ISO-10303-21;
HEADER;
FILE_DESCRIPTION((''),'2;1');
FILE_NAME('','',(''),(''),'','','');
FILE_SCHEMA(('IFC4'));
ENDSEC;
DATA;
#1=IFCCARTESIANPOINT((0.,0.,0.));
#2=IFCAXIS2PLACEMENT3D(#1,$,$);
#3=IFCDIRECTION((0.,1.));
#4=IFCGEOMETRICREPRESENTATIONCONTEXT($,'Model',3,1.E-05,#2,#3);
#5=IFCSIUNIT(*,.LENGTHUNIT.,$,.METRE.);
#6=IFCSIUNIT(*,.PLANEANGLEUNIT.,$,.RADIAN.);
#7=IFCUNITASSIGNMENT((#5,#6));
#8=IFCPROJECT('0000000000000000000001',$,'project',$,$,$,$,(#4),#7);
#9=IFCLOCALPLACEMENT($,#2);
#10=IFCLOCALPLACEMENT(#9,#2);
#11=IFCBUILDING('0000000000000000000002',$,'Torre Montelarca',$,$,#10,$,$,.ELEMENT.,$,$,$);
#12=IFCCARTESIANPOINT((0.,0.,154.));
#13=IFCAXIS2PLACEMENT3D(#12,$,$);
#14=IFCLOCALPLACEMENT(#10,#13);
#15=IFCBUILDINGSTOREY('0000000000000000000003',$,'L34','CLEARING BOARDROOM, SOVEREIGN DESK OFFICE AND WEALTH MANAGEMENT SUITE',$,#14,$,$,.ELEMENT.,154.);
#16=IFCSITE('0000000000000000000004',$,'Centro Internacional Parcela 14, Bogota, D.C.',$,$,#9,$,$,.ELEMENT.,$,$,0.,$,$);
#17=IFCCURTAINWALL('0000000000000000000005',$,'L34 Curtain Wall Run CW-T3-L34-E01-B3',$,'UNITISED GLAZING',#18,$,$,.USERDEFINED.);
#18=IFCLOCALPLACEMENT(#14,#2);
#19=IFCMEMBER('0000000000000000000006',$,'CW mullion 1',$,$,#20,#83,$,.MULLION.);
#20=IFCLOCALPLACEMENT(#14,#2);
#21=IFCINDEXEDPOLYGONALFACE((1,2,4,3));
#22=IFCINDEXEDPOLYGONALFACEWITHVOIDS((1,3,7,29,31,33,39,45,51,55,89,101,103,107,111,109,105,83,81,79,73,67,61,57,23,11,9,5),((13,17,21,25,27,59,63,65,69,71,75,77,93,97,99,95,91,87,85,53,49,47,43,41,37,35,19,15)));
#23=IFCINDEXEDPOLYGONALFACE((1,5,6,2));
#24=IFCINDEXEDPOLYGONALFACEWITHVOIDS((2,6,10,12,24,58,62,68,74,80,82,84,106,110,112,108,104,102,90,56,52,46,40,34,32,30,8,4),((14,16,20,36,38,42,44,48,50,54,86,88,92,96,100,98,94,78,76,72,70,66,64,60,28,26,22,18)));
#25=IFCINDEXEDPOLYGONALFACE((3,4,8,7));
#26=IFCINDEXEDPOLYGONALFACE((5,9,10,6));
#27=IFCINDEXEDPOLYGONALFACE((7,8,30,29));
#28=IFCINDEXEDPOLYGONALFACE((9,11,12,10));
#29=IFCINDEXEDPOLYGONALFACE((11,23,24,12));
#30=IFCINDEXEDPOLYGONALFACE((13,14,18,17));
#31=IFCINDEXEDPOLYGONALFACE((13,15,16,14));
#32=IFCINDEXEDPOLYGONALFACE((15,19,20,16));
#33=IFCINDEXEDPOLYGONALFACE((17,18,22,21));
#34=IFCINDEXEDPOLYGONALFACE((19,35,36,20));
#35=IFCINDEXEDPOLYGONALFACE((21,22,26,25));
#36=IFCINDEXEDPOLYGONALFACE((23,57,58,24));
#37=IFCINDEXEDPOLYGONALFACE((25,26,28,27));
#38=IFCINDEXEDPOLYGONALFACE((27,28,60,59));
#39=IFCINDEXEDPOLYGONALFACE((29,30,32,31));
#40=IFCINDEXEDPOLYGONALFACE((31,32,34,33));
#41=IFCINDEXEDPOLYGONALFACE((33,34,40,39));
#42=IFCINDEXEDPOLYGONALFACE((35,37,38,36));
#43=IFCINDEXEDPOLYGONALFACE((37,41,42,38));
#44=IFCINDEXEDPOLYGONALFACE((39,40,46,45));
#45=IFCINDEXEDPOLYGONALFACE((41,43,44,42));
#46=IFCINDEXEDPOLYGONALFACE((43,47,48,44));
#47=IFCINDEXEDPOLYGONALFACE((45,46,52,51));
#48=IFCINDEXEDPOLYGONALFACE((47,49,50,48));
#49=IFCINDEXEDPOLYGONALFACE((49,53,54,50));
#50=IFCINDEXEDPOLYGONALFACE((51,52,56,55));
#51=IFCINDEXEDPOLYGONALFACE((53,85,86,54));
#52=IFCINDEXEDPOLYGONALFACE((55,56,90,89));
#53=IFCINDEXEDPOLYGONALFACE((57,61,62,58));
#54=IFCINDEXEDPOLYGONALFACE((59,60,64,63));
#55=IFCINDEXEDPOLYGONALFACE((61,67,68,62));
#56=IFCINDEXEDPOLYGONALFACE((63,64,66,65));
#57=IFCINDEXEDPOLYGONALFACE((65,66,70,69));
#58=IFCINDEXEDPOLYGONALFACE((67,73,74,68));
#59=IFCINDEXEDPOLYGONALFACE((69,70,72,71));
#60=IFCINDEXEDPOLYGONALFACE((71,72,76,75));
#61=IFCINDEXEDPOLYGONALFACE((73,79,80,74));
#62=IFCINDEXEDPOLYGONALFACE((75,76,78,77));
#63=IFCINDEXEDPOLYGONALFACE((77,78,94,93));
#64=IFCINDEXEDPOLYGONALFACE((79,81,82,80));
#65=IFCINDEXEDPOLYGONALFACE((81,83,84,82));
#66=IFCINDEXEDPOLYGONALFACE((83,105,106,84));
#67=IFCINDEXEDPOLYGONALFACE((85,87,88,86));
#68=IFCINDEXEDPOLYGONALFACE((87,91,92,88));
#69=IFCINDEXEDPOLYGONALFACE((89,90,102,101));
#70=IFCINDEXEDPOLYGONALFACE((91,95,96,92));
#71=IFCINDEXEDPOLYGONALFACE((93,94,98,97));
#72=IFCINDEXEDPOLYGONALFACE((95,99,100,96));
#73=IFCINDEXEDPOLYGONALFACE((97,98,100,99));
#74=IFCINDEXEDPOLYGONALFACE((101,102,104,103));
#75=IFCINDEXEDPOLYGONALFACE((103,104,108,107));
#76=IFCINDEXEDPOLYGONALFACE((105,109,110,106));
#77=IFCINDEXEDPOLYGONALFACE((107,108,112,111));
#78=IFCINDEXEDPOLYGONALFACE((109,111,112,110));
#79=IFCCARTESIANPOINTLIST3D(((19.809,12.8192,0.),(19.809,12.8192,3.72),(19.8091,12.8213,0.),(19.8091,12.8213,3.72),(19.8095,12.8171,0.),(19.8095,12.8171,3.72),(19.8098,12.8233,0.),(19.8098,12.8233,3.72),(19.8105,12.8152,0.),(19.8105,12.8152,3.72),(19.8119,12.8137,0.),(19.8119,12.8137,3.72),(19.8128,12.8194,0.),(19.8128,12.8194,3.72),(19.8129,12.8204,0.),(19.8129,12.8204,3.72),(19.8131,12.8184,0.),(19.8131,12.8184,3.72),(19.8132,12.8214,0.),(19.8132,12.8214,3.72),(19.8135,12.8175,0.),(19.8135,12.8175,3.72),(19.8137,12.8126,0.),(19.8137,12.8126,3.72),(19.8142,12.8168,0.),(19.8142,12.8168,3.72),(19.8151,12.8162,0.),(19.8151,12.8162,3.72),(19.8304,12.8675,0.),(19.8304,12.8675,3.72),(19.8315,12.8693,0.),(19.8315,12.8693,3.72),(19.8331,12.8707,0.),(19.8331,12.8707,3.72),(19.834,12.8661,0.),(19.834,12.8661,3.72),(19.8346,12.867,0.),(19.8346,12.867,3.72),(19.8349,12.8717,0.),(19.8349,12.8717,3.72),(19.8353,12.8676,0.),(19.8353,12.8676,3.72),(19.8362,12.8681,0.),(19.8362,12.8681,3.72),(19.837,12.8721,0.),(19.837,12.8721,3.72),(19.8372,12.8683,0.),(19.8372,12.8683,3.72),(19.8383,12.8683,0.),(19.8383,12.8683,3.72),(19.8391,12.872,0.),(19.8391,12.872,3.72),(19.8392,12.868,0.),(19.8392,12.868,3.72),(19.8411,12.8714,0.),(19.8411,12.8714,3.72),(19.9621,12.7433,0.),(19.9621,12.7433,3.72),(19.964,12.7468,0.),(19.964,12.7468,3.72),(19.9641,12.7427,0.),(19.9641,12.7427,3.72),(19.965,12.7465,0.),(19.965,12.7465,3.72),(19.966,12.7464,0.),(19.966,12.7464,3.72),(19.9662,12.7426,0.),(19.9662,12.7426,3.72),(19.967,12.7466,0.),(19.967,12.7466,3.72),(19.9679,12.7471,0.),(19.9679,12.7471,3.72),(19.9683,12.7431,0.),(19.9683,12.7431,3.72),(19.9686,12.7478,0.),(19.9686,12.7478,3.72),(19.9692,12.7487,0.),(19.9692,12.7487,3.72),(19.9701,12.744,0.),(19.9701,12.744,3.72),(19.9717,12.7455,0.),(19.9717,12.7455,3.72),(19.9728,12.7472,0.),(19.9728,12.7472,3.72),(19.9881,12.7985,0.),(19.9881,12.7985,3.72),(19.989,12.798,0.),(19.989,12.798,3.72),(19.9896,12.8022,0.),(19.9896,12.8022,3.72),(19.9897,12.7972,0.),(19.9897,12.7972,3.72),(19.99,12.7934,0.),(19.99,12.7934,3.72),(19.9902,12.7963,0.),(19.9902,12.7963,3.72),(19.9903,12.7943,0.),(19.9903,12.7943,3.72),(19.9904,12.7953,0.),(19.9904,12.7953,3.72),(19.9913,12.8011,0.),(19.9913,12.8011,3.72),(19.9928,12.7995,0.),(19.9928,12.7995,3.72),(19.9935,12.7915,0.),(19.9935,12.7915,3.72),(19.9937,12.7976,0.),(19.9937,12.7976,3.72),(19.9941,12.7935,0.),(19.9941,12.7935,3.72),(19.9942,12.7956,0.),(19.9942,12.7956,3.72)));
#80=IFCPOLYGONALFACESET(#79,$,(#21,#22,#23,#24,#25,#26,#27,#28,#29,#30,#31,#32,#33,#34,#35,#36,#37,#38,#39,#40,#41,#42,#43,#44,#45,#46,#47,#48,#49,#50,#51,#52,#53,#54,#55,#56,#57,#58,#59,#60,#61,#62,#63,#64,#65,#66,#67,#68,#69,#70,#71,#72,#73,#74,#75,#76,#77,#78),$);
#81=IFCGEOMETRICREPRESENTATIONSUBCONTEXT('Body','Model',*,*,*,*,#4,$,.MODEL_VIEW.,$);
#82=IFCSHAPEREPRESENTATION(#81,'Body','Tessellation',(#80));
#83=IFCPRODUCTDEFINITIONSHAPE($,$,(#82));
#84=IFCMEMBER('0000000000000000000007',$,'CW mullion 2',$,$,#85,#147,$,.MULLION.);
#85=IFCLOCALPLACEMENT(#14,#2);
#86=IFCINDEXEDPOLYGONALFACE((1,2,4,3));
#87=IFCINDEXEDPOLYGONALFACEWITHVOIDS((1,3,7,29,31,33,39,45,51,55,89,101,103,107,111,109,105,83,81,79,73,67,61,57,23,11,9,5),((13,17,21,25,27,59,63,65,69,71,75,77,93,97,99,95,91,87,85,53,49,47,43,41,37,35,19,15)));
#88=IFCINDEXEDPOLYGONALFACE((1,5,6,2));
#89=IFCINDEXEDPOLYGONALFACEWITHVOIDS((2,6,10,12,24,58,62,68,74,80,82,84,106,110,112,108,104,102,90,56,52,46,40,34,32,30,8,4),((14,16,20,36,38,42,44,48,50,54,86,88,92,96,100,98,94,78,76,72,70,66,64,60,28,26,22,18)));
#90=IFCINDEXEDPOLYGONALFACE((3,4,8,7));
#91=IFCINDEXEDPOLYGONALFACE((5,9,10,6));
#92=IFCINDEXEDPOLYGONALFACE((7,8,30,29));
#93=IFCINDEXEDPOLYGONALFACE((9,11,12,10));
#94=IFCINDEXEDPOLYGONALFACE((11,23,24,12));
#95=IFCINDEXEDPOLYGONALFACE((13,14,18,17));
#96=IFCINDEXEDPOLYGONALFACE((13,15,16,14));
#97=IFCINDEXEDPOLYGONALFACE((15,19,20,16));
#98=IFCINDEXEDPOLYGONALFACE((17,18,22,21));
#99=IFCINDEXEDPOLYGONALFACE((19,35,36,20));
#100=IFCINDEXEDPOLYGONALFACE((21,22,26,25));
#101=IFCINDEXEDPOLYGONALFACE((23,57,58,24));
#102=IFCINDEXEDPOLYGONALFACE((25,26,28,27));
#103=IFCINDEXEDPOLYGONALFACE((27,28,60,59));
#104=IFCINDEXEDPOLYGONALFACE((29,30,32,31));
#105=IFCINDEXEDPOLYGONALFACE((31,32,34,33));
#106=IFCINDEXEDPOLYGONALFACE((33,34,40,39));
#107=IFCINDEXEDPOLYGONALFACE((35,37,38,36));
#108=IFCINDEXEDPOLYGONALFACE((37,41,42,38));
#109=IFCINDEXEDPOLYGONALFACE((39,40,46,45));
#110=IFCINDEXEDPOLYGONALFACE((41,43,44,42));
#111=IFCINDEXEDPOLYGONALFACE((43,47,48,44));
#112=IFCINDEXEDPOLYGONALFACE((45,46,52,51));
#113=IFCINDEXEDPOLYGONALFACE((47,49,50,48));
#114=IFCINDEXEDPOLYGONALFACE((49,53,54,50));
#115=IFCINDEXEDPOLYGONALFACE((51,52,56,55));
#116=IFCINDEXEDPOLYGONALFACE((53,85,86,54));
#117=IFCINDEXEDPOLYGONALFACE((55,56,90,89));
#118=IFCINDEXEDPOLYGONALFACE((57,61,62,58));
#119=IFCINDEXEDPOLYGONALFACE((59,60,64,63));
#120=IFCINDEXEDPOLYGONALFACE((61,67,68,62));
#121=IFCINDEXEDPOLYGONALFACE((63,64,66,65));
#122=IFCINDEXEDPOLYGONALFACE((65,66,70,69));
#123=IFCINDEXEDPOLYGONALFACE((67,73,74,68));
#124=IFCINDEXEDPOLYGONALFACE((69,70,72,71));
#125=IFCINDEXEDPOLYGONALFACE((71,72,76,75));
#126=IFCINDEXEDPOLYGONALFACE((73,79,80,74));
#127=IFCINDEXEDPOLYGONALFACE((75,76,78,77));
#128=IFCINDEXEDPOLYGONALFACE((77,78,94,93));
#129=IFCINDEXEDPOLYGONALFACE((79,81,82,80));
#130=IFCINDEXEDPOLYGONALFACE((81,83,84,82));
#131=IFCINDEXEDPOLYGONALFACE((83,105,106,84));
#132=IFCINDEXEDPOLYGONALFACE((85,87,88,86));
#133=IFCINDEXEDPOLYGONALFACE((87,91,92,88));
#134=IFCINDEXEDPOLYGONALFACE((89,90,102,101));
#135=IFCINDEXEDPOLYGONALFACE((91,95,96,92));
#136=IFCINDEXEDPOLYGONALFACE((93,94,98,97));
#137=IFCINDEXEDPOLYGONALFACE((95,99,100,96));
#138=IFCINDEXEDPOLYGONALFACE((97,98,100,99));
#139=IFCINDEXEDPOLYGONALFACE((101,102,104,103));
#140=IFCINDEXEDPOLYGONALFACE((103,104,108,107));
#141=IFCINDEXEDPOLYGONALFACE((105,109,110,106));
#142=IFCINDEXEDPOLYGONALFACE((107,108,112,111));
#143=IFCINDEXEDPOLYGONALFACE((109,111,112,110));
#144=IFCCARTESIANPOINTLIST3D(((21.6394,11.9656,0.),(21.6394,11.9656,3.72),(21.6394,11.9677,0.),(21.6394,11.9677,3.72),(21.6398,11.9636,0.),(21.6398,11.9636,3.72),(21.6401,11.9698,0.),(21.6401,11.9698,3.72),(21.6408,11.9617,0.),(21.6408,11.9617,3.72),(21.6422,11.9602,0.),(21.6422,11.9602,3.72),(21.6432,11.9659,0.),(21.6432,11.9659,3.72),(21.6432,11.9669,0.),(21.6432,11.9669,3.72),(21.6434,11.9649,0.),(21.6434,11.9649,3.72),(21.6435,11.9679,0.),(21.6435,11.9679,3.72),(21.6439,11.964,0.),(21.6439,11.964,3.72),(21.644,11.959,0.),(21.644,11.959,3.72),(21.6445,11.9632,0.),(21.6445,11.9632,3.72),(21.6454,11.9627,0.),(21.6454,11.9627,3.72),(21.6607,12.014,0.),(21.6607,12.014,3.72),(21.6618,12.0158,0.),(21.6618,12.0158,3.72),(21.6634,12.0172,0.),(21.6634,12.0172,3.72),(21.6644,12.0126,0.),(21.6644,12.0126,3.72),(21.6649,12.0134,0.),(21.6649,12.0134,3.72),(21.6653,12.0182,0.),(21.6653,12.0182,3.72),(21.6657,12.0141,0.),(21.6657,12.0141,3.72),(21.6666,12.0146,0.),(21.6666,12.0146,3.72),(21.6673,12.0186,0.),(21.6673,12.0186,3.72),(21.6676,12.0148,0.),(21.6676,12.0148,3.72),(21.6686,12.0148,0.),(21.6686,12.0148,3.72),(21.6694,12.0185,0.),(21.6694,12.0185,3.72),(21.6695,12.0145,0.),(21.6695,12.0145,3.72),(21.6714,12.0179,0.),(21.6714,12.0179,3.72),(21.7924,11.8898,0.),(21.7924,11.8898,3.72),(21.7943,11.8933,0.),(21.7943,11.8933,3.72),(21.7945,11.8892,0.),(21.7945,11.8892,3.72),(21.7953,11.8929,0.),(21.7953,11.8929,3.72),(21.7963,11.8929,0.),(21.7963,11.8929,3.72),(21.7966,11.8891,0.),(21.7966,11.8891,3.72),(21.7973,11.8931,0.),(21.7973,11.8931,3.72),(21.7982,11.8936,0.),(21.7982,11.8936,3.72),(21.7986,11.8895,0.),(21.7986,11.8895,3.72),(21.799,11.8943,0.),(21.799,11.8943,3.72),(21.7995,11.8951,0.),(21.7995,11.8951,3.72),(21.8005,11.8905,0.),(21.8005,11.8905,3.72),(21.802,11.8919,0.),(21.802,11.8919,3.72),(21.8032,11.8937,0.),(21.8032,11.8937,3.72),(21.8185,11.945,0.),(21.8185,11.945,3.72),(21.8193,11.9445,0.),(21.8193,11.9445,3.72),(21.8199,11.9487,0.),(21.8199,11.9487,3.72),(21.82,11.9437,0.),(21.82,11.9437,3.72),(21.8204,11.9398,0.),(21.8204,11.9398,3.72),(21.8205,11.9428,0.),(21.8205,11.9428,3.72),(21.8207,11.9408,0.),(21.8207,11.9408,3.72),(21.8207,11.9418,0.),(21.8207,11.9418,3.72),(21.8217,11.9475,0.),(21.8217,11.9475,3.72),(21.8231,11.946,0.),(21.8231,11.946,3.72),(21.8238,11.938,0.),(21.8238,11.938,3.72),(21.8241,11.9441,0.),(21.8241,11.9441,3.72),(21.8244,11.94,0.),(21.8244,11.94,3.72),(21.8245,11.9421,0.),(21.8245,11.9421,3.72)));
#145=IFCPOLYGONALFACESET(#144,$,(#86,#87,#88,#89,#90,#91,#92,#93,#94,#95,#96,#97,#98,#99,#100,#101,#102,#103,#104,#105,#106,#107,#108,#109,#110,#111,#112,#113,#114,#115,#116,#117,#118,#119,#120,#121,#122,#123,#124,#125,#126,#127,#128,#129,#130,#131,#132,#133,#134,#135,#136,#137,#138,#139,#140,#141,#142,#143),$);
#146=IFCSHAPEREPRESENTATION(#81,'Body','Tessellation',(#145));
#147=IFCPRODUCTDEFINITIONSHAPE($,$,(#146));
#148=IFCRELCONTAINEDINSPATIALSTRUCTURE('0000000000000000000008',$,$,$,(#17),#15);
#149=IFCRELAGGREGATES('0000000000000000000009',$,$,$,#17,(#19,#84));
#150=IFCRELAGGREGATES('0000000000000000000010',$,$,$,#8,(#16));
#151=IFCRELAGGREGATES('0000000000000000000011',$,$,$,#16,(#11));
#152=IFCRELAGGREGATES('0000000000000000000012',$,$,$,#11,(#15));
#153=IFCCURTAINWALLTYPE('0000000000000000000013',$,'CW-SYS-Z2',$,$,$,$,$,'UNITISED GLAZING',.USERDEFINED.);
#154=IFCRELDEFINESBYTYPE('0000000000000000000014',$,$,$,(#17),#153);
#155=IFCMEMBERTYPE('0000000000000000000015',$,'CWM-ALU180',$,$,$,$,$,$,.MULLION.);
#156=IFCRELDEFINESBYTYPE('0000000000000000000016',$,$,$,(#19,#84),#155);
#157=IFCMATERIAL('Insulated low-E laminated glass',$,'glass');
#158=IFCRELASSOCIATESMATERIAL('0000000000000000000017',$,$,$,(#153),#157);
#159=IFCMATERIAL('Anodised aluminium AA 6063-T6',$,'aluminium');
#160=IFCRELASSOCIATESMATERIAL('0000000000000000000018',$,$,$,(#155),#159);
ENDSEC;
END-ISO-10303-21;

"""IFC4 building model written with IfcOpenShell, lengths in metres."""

from ifc_helpers import new_model, si_unit, direction, frame, origin, origin_2d, place, context, subcontext, project, spatial, hollow_rectangle, extrude, source, transform, mapped, material, material_profile, profile_set, type_object, element, aggregate, save


model = new_model("IFC4")

# Units and contexts
model_context = context("Model", 3, precision=1e-05, world=origin(), true_north=direction((0.0, 1.0)))
body_context = subcontext(model_context, "Body", "Model", "MODEL_VIEW")
ifc_project = project(units=[si_unit("LENGTHUNIT", "METRE"), si_unit("PLANEANGLEUNIT", "RADIAN")], contexts=[model_context])

# Site, building, storey
site_placement = place(None, origin())
site = spatial("IfcSite", under=ifc_project, at=site_placement, Name="Centro Internacional Parcela 14, Bogota, D.C.", CompositionType="ELEMENT", RefElevation=0.0)
building_placement = place(site_placement, origin())
building = spatial("IfcBuilding", under=site, at=building_placement, Name="Torre Montelarca", CompositionType="ELEMENT")
storey_placement = place(building_placement, frame((0.0, 0.0, 154.0)))
storey = spatial("IfcBuildingStorey", under=building, at=storey_placement, Name="L34", Description="CLEARING BOARDROOM, SOVEREIGN DESK OFFICE AND WEALTH MANAGEMENT SUITE", CompositionType="ELEMENT", Elevation=154.0)

# Shared definitions
ifc_material_1 = material(Name="Insulated low-E laminated glass", Category="glass")
curtain_wall_type = type_object("IfcCurtainWallType", Name="CW-SYS-Z2", ElementType="UNITISED GLAZING", PredefinedType="USERDEFINED", material=ifc_material_1)
ifc_material_2 = material(Name="Anodised aluminium AA 6063-T6", Category="aluminium")
ifc_material_profile_1 = material_profile(ifc_material_2, hollow_rectangle(XDim=0.0649, YDim=0.1799, WallThickness=0.0039, InnerFilletRadius=0.0039, OuterFilletRadius=0.0081, at=origin_2d()), Name="ALU65X180X4", Category="aluminium")
ifc_profile_set_1 = profile_set([ifc_material_profile_1], Name="Anodised aluminium AA 6063-T6")
member_type_1 = type_object("IfcMemberType", Name="CWM-ALU180", PredefinedType="MULLION", material=ifc_profile_set_1)
shared_shape_1 = source(origin(), body_context, "Body", "SweptSolid", [
    extrude(hollow_rectangle(XDim=0.0649, YDim=0.1799, WallThickness=0.0039, InnerFilletRadius=0.0039, OuterFilletRadius=0.0081, at=origin_2d()), origin(), (0.0, 0.0, 1.0), 3.72),
])

# Curtain wall, members
curtain_wall_1_placement = place(storey_placement, origin())
curtain_wall_1 = element("IfcCurtainWall", 1, at=curtain_wall_1_placement, inside=storey, type_object=curtain_wall_type, Name="L34 Curtain Wall Run CW-T3-L34-E01-B3", ObjectType="UNITISED GLAZING", PredefinedType="USERDEFINED")
member_1_placement = place(storey_placement, frame((19.9016, 12.8074, 0.0), z_axis=(0.0, 0.0, 1.0), x_axis=(0.422612, 0.906311, 0.0)))
member_1 = element("IfcMember", 2, at=member_1_placement, type_object=member_type_1, Name="CW mullion 1", PredefinedType="MULLION", context=body_context, shape_type="MappedRepresentation", body=[
    mapped(shared_shape_1, transform((0.0, 0.0, 0.0), scale=1.0)),
])
member_2_placement = place(storey_placement, frame((21.7319, 11.9539, 0.0), z_axis=(0.0, 0.0, 1.0), x_axis=(0.422612, 0.906311, 0.0)))
member_2 = element("IfcMember", 3, at=member_2_placement, type_object=member_type_1, Name="CW mullion 2", PredefinedType="MULLION", context=body_context, shape_type="MappedRepresentation", body=[
    mapped(shared_shape_1, transform((0.0, 0.0, 0.0), scale=1.0)),
])

aggregate(curtain_wall_1, [member_1, member_2])

save(model, "model.ifc")
